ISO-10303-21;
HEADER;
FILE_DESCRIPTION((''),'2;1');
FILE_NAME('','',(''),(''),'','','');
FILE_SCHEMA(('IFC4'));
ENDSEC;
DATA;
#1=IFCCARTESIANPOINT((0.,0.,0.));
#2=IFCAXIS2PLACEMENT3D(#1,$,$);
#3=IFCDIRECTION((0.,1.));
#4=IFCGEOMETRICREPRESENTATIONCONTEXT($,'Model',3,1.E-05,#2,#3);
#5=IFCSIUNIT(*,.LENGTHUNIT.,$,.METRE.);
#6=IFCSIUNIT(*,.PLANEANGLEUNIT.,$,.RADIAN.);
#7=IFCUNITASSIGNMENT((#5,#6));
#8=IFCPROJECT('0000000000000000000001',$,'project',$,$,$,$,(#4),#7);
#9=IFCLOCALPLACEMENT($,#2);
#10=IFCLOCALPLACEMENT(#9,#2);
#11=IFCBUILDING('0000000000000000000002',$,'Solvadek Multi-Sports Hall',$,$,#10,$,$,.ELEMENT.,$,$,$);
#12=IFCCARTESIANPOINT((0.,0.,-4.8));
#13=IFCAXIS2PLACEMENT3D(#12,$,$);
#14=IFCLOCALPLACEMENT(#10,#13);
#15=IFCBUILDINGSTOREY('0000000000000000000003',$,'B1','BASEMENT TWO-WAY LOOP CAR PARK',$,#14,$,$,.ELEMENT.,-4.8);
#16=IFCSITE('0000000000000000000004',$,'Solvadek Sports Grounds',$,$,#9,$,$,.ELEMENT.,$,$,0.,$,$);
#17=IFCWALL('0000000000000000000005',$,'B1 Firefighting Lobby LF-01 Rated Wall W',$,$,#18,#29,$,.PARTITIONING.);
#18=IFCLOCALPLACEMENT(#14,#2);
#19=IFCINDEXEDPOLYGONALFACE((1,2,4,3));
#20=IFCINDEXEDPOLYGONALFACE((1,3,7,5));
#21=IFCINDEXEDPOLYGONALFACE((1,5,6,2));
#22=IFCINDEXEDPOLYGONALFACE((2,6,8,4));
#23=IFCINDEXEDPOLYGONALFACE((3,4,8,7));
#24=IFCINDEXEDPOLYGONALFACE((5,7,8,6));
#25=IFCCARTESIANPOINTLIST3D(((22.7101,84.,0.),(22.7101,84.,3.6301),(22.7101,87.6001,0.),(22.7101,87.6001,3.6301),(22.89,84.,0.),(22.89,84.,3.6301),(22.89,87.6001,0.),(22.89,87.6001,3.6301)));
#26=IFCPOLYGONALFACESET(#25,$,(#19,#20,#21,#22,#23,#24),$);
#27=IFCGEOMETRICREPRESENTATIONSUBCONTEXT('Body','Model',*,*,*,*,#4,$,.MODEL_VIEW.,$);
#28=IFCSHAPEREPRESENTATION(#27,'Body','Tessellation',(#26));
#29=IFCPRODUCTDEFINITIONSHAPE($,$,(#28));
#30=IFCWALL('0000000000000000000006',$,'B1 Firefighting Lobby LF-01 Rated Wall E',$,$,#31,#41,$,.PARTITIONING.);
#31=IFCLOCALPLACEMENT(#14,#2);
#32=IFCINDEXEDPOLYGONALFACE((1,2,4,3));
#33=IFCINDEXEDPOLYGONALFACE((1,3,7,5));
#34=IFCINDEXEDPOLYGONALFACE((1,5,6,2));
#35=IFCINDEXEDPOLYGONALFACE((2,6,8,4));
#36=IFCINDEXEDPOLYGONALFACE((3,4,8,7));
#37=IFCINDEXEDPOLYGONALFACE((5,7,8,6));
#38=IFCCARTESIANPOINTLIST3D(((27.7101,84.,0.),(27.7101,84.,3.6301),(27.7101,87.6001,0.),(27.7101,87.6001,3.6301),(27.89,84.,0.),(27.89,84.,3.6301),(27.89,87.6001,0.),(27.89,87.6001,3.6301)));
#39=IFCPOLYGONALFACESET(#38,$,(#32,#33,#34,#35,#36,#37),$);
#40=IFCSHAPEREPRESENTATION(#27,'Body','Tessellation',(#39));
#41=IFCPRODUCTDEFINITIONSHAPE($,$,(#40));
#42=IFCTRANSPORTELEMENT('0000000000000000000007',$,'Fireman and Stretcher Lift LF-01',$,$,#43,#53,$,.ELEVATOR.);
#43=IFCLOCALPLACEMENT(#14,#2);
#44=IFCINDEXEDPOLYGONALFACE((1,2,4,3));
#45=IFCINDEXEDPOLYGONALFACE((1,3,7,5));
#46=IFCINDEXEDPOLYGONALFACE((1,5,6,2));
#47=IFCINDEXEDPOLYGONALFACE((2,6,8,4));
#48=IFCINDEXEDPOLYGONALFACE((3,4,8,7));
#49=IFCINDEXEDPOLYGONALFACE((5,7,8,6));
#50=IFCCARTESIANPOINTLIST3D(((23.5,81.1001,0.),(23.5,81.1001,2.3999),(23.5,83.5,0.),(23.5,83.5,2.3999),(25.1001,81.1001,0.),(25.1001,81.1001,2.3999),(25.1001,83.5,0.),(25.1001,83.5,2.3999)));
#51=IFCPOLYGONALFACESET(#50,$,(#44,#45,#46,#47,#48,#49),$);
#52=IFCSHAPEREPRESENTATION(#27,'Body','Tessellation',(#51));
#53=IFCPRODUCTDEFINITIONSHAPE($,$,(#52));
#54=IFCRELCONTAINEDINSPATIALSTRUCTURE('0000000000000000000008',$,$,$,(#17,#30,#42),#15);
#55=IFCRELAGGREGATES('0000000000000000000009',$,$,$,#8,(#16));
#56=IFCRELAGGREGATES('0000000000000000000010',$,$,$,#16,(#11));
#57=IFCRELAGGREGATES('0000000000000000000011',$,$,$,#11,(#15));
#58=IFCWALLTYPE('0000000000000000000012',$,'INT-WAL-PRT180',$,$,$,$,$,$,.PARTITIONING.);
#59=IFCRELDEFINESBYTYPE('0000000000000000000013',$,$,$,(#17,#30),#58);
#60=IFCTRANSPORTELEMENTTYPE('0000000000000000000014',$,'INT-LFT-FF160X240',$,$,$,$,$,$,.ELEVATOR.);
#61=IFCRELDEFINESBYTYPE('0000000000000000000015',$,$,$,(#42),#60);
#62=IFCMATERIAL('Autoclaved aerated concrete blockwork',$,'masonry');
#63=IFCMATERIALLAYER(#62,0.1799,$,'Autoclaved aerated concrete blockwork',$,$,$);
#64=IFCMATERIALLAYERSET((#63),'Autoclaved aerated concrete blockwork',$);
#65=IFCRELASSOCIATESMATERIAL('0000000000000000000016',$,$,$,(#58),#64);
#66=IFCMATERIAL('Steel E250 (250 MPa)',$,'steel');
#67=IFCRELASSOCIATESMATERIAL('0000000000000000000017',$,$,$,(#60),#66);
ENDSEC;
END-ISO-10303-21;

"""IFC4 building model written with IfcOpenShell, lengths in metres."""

from ifc_helpers import new_model, si_unit, direction, frame, frame_2d, origin, origin_2d, place, context, subcontext, project, spatial, rectangle, extrude, material, layer, layer_set, type_object, element, save


model = new_model("IFC4")

# Units and contexts
model_context = context("Model", 3, precision=1e-05, world=origin(), true_north=direction((0.0, 1.0)))
body_context = subcontext(model_context, "Body", "Model", "MODEL_VIEW")
ifc_project = project(units=[si_unit("LENGTHUNIT", "METRE"), si_unit("PLANEANGLEUNIT", "RADIAN")], contexts=[model_context])

# Site, building, storey
site_placement = place(None, origin())
site = spatial("IfcSite", under=ifc_project, at=site_placement, Name="Solvadek Sports Grounds", CompositionType="ELEMENT", RefElevation=0.0)
building_placement = place(site_placement, origin())
building = spatial("IfcBuilding", under=site, at=building_placement, Name="Solvadek Multi-Sports Hall", CompositionType="ELEMENT")
storey_placement = place(building_placement, frame((0.0, 0.0, -4.8)))
storey = spatial("IfcBuildingStorey", under=building, at=storey_placement, Name="B1", Description="BASEMENT TWO-WAY LOOP CAR PARK", CompositionType="ELEMENT", Elevation=-4.8)

# Shared definitions
ifc_material_1 = material(Name="Autoclaved aerated concrete blockwork", Category="masonry")
ifc_layer_1 = layer(ifc_material_1, 0.1799, Name="Autoclaved aerated concrete blockwork")
ifc_layer_set_1 = layer_set([ifc_layer_1], Name="Autoclaved aerated concrete blockwork")
wall_type = type_object("IfcWallType", Name="INT-WAL-PRT180", PredefinedType="PARTITIONING", material=ifc_layer_set_1)
ifc_material_2 = material(Name="Steel E250 (250 MPa)", Category="steel")

# Walls
for number, where, z_axis, x_axis, name in (
    (1, (22.8, 84.0, 0.0), (0.0, 0.0, 1.0), (0.0, 1.0, 0.0), "B1 Firefighting Lobby LF-01 Rated Wall W"),
    (2, (27.8, 84.0, 0.0), (0.0, 0.0, 1.0), (0.0, 1.0, 0.0), "B1 Firefighting Lobby LF-01 Rated Wall E"),
):
    element("IfcWall", number, at=place(storey_placement, frame(where, z_axis=z_axis, x_axis=x_axis)), inside=storey, type_object=wall_type, Name=name, PredefinedType="PARTITIONING", context=body_context, shape_type="SweptSolid", body=[
        extrude(rectangle(XDim=3.6001, YDim=0.1799, at=frame_2d((1.8, 0.0))), origin(), (0.0, 0.0, 1.0), 3.6301),
    ])

# Transport element
transport_element_type = type_object("IfcTransportElementType", Name="INT-LFT-FF160X240", PredefinedType="ELEVATOR", material=ifc_material_2)
transport_element_placement = place(storey_placement, frame((24.3, 82.3, 0.0), z_axis=(0.0, 0.0, 1.0), x_axis=(1.0, 0.0, 0.0)))
element("IfcTransportElement", 3, at=transport_element_placement, inside=storey, type_object=transport_element_type, Name="Fireman and Stretcher Lift LF-01", PredefinedType="ELEVATOR", context=body_context, shape_type="SweptSolid", body=[
    extrude(rectangle(XDim=1.6001, YDim=2.3999, at=origin_2d()), origin(), (0.0, 0.0, 1.0), 2.3999),
])

save(model, "model.ifc")
